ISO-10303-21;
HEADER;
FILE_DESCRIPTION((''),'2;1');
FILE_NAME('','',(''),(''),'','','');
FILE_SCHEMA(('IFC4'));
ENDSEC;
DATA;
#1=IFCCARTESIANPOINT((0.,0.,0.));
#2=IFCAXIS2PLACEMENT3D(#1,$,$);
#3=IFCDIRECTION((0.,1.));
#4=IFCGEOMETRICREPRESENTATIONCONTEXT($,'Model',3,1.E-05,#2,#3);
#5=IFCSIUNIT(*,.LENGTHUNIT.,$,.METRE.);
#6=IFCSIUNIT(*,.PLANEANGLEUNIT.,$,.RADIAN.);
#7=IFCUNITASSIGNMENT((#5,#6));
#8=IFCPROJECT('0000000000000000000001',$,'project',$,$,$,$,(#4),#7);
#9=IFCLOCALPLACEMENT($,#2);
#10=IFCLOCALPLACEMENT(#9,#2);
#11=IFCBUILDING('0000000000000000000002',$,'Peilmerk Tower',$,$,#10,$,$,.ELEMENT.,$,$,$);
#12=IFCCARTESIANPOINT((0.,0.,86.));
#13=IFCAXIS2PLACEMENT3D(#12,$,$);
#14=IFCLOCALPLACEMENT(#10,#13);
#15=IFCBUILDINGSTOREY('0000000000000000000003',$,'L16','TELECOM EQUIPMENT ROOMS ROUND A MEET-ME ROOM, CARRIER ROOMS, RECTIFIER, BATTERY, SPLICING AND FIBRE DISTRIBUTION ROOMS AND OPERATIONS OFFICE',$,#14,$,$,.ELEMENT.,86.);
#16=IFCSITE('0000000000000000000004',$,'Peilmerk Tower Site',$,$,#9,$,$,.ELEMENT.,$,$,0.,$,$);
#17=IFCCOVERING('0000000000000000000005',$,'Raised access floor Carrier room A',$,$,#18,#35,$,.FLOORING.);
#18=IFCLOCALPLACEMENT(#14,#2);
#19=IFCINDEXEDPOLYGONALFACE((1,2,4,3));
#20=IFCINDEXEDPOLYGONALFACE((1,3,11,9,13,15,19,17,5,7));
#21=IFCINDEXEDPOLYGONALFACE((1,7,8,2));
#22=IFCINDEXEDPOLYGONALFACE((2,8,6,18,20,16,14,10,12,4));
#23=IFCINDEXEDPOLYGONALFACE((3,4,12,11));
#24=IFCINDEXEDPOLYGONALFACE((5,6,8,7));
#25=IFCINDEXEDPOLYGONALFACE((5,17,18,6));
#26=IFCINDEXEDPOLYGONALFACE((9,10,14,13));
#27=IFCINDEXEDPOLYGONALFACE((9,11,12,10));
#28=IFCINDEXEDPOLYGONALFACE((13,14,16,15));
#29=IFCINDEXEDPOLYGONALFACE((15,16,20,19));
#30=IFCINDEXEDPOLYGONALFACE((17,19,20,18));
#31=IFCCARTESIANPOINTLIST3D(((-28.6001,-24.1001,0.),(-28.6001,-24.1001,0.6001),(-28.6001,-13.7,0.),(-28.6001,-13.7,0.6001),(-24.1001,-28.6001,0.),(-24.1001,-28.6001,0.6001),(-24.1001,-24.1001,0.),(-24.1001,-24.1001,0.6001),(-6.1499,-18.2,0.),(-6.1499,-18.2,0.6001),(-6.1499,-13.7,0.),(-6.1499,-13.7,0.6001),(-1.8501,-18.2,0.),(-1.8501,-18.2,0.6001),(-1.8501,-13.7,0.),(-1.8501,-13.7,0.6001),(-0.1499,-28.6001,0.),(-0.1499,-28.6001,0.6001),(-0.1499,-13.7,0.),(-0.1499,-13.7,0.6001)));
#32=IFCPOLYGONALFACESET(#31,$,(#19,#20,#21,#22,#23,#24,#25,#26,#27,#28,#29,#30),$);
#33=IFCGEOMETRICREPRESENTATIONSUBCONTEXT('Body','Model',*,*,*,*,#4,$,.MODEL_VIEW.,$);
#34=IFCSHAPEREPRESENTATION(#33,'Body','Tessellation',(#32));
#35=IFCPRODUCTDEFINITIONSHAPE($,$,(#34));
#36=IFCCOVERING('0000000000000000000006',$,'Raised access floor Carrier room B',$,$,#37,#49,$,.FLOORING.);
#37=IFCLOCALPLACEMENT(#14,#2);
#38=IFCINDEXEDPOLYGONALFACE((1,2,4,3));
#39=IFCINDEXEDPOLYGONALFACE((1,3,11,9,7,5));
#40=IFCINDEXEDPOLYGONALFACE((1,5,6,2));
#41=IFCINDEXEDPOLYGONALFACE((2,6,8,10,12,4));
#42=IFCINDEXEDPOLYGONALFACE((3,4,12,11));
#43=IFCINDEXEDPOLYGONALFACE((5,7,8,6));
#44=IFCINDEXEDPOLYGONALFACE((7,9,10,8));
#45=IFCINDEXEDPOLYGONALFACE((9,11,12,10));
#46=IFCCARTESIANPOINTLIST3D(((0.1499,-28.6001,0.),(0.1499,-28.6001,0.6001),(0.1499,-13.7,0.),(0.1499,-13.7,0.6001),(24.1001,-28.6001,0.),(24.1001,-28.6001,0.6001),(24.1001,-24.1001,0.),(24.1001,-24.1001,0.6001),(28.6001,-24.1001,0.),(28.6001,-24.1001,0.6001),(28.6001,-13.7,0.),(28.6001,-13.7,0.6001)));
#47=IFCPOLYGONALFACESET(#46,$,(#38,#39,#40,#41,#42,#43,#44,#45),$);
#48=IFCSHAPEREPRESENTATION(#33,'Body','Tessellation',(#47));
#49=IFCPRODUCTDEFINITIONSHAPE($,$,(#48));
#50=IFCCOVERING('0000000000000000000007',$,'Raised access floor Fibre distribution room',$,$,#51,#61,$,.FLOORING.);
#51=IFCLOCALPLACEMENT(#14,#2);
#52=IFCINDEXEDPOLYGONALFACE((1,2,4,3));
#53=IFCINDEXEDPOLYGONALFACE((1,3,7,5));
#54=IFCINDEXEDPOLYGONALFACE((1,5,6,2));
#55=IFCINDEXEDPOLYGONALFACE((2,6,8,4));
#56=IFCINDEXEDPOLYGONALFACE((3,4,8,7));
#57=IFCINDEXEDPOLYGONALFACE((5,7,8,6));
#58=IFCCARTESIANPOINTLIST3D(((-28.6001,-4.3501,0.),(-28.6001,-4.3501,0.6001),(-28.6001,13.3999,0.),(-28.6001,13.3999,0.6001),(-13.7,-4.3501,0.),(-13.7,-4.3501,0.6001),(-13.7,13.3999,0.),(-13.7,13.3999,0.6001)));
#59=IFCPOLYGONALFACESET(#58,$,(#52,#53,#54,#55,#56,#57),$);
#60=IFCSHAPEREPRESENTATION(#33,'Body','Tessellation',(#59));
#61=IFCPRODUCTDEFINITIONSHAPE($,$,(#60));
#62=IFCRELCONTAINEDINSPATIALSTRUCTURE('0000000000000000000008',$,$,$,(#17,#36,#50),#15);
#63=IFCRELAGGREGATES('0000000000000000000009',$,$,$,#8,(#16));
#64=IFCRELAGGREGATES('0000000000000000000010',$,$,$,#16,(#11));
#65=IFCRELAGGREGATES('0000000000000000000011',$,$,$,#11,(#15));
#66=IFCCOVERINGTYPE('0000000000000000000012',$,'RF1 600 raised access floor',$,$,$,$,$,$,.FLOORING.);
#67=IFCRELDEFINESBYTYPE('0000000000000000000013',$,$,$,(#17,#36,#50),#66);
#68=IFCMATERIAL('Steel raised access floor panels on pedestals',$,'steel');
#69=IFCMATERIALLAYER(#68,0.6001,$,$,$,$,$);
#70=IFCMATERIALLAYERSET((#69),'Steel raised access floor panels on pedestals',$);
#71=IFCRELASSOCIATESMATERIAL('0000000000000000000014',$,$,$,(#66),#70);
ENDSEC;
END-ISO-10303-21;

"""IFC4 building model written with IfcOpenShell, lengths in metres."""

from ifc_helpers import new_model, si_unit, direction, frame, origin, place, context, subcontext, project, spatial, polyline, outline, extrude, material, layer, layer_set, type_object, element, save


model = new_model("IFC4")

# Units and contexts
model_context = context("Model", 3, precision=1e-05, world=origin(), true_north=direction((0.0, 1.0)))
body_context = subcontext(model_context, "Body", "Model", "MODEL_VIEW")
ifc_project = project(units=[si_unit("LENGTHUNIT", "METRE"), si_unit("PLANEANGLEUNIT", "RADIAN")], contexts=[model_context])

# Site, building, storey
site_placement = place(None, origin())
site = spatial("IfcSite", under=ifc_project, at=site_placement, Name="Peilmerk Tower Site", CompositionType="ELEMENT", RefElevation=0.0)
building_placement = place(site_placement, origin())
building = spatial("IfcBuilding", under=site, at=building_placement, Name="Peilmerk Tower", CompositionType="ELEMENT")
storey_placement = place(building_placement, frame((0.0, 0.0, 86.0)))
storey = spatial("IfcBuildingStorey", under=building, at=storey_placement, Name="L16", Description="TELECOM EQUIPMENT ROOMS ROUND A MEET-ME ROOM, CARRIER ROOMS, RECTIFIER, BATTERY, SPLICING AND FIBRE DISTRIBUTION ROOMS AND OPERATIONS OFFICE", CompositionType="ELEMENT", Elevation=86.0)

# Coverings
ifc_material_1 = material(Name="Steel raised access floor panels on pedestals", Category="steel")
ifc_layer_1 = layer(ifc_material_1, 0.6001)
ifc_layer_set_1 = layer_set([ifc_layer_1], Name="Steel raised access floor panels on pedestals")
covering_type_1 = type_object("IfcCoveringType", Name="RF1 600 raised access floor", PredefinedType="FLOORING", material=ifc_layer_set_1)
covering_1_placement = place(storey_placement, origin())
element("IfcCovering", 1, at=covering_1_placement, inside=storey, type_object=covering_type_1, Name="Raised access floor Carrier room A", PredefinedType="FLOORING", context=body_context, shape_type="SweptSolid", body=[
    extrude(outline(polyline([(-24.1001, -24.1001), (-24.1001, -28.6001), (-0.1499, -28.6001), (-0.1499, -13.7), (-1.8501, -13.7), (-1.8501, -18.2), (-6.1499, -18.2), (-6.1499, -13.7), (-28.6001, -13.7), (-28.6001, -24.1001), (-24.1001, -24.1001)])), origin(), (0.0, 0.0, 1.0), 0.6001),
])
covering_2_placement = place(storey_placement, origin())
element("IfcCovering", 2, at=covering_2_placement, inside=storey, type_object=covering_type_1, Name="Raised access floor Carrier room B", PredefinedType="FLOORING", context=body_context, shape_type="SweptSolid", body=[
    extrude(outline(polyline([(0.1499, -28.6001), (24.1001, -28.6001), (24.1001, -24.1001), (28.6001, -24.1001), (28.6001, -13.7), (0.1499, -13.7), (0.1499, -28.6001)])), origin(), (0.0, 0.0, 1.0), 0.6001),
])
covering_3_placement = place(storey_placement, origin())
element("IfcCovering", 3, at=covering_3_placement, inside=storey, type_object=covering_type_1, Name="Raised access floor Fibre distribution room", PredefinedType="FLOORING", context=body_context, shape_type="SweptSolid", body=[
    extrude(outline(polyline([(-28.6001, 13.3999), (-28.6001, -4.3501), (-13.7, -4.3501), (-13.7, 13.3999), (-28.6001, 13.3999)])), origin(), (0.0, 0.0, 1.0), 0.6001),
])

save(model, "model.ifc")
